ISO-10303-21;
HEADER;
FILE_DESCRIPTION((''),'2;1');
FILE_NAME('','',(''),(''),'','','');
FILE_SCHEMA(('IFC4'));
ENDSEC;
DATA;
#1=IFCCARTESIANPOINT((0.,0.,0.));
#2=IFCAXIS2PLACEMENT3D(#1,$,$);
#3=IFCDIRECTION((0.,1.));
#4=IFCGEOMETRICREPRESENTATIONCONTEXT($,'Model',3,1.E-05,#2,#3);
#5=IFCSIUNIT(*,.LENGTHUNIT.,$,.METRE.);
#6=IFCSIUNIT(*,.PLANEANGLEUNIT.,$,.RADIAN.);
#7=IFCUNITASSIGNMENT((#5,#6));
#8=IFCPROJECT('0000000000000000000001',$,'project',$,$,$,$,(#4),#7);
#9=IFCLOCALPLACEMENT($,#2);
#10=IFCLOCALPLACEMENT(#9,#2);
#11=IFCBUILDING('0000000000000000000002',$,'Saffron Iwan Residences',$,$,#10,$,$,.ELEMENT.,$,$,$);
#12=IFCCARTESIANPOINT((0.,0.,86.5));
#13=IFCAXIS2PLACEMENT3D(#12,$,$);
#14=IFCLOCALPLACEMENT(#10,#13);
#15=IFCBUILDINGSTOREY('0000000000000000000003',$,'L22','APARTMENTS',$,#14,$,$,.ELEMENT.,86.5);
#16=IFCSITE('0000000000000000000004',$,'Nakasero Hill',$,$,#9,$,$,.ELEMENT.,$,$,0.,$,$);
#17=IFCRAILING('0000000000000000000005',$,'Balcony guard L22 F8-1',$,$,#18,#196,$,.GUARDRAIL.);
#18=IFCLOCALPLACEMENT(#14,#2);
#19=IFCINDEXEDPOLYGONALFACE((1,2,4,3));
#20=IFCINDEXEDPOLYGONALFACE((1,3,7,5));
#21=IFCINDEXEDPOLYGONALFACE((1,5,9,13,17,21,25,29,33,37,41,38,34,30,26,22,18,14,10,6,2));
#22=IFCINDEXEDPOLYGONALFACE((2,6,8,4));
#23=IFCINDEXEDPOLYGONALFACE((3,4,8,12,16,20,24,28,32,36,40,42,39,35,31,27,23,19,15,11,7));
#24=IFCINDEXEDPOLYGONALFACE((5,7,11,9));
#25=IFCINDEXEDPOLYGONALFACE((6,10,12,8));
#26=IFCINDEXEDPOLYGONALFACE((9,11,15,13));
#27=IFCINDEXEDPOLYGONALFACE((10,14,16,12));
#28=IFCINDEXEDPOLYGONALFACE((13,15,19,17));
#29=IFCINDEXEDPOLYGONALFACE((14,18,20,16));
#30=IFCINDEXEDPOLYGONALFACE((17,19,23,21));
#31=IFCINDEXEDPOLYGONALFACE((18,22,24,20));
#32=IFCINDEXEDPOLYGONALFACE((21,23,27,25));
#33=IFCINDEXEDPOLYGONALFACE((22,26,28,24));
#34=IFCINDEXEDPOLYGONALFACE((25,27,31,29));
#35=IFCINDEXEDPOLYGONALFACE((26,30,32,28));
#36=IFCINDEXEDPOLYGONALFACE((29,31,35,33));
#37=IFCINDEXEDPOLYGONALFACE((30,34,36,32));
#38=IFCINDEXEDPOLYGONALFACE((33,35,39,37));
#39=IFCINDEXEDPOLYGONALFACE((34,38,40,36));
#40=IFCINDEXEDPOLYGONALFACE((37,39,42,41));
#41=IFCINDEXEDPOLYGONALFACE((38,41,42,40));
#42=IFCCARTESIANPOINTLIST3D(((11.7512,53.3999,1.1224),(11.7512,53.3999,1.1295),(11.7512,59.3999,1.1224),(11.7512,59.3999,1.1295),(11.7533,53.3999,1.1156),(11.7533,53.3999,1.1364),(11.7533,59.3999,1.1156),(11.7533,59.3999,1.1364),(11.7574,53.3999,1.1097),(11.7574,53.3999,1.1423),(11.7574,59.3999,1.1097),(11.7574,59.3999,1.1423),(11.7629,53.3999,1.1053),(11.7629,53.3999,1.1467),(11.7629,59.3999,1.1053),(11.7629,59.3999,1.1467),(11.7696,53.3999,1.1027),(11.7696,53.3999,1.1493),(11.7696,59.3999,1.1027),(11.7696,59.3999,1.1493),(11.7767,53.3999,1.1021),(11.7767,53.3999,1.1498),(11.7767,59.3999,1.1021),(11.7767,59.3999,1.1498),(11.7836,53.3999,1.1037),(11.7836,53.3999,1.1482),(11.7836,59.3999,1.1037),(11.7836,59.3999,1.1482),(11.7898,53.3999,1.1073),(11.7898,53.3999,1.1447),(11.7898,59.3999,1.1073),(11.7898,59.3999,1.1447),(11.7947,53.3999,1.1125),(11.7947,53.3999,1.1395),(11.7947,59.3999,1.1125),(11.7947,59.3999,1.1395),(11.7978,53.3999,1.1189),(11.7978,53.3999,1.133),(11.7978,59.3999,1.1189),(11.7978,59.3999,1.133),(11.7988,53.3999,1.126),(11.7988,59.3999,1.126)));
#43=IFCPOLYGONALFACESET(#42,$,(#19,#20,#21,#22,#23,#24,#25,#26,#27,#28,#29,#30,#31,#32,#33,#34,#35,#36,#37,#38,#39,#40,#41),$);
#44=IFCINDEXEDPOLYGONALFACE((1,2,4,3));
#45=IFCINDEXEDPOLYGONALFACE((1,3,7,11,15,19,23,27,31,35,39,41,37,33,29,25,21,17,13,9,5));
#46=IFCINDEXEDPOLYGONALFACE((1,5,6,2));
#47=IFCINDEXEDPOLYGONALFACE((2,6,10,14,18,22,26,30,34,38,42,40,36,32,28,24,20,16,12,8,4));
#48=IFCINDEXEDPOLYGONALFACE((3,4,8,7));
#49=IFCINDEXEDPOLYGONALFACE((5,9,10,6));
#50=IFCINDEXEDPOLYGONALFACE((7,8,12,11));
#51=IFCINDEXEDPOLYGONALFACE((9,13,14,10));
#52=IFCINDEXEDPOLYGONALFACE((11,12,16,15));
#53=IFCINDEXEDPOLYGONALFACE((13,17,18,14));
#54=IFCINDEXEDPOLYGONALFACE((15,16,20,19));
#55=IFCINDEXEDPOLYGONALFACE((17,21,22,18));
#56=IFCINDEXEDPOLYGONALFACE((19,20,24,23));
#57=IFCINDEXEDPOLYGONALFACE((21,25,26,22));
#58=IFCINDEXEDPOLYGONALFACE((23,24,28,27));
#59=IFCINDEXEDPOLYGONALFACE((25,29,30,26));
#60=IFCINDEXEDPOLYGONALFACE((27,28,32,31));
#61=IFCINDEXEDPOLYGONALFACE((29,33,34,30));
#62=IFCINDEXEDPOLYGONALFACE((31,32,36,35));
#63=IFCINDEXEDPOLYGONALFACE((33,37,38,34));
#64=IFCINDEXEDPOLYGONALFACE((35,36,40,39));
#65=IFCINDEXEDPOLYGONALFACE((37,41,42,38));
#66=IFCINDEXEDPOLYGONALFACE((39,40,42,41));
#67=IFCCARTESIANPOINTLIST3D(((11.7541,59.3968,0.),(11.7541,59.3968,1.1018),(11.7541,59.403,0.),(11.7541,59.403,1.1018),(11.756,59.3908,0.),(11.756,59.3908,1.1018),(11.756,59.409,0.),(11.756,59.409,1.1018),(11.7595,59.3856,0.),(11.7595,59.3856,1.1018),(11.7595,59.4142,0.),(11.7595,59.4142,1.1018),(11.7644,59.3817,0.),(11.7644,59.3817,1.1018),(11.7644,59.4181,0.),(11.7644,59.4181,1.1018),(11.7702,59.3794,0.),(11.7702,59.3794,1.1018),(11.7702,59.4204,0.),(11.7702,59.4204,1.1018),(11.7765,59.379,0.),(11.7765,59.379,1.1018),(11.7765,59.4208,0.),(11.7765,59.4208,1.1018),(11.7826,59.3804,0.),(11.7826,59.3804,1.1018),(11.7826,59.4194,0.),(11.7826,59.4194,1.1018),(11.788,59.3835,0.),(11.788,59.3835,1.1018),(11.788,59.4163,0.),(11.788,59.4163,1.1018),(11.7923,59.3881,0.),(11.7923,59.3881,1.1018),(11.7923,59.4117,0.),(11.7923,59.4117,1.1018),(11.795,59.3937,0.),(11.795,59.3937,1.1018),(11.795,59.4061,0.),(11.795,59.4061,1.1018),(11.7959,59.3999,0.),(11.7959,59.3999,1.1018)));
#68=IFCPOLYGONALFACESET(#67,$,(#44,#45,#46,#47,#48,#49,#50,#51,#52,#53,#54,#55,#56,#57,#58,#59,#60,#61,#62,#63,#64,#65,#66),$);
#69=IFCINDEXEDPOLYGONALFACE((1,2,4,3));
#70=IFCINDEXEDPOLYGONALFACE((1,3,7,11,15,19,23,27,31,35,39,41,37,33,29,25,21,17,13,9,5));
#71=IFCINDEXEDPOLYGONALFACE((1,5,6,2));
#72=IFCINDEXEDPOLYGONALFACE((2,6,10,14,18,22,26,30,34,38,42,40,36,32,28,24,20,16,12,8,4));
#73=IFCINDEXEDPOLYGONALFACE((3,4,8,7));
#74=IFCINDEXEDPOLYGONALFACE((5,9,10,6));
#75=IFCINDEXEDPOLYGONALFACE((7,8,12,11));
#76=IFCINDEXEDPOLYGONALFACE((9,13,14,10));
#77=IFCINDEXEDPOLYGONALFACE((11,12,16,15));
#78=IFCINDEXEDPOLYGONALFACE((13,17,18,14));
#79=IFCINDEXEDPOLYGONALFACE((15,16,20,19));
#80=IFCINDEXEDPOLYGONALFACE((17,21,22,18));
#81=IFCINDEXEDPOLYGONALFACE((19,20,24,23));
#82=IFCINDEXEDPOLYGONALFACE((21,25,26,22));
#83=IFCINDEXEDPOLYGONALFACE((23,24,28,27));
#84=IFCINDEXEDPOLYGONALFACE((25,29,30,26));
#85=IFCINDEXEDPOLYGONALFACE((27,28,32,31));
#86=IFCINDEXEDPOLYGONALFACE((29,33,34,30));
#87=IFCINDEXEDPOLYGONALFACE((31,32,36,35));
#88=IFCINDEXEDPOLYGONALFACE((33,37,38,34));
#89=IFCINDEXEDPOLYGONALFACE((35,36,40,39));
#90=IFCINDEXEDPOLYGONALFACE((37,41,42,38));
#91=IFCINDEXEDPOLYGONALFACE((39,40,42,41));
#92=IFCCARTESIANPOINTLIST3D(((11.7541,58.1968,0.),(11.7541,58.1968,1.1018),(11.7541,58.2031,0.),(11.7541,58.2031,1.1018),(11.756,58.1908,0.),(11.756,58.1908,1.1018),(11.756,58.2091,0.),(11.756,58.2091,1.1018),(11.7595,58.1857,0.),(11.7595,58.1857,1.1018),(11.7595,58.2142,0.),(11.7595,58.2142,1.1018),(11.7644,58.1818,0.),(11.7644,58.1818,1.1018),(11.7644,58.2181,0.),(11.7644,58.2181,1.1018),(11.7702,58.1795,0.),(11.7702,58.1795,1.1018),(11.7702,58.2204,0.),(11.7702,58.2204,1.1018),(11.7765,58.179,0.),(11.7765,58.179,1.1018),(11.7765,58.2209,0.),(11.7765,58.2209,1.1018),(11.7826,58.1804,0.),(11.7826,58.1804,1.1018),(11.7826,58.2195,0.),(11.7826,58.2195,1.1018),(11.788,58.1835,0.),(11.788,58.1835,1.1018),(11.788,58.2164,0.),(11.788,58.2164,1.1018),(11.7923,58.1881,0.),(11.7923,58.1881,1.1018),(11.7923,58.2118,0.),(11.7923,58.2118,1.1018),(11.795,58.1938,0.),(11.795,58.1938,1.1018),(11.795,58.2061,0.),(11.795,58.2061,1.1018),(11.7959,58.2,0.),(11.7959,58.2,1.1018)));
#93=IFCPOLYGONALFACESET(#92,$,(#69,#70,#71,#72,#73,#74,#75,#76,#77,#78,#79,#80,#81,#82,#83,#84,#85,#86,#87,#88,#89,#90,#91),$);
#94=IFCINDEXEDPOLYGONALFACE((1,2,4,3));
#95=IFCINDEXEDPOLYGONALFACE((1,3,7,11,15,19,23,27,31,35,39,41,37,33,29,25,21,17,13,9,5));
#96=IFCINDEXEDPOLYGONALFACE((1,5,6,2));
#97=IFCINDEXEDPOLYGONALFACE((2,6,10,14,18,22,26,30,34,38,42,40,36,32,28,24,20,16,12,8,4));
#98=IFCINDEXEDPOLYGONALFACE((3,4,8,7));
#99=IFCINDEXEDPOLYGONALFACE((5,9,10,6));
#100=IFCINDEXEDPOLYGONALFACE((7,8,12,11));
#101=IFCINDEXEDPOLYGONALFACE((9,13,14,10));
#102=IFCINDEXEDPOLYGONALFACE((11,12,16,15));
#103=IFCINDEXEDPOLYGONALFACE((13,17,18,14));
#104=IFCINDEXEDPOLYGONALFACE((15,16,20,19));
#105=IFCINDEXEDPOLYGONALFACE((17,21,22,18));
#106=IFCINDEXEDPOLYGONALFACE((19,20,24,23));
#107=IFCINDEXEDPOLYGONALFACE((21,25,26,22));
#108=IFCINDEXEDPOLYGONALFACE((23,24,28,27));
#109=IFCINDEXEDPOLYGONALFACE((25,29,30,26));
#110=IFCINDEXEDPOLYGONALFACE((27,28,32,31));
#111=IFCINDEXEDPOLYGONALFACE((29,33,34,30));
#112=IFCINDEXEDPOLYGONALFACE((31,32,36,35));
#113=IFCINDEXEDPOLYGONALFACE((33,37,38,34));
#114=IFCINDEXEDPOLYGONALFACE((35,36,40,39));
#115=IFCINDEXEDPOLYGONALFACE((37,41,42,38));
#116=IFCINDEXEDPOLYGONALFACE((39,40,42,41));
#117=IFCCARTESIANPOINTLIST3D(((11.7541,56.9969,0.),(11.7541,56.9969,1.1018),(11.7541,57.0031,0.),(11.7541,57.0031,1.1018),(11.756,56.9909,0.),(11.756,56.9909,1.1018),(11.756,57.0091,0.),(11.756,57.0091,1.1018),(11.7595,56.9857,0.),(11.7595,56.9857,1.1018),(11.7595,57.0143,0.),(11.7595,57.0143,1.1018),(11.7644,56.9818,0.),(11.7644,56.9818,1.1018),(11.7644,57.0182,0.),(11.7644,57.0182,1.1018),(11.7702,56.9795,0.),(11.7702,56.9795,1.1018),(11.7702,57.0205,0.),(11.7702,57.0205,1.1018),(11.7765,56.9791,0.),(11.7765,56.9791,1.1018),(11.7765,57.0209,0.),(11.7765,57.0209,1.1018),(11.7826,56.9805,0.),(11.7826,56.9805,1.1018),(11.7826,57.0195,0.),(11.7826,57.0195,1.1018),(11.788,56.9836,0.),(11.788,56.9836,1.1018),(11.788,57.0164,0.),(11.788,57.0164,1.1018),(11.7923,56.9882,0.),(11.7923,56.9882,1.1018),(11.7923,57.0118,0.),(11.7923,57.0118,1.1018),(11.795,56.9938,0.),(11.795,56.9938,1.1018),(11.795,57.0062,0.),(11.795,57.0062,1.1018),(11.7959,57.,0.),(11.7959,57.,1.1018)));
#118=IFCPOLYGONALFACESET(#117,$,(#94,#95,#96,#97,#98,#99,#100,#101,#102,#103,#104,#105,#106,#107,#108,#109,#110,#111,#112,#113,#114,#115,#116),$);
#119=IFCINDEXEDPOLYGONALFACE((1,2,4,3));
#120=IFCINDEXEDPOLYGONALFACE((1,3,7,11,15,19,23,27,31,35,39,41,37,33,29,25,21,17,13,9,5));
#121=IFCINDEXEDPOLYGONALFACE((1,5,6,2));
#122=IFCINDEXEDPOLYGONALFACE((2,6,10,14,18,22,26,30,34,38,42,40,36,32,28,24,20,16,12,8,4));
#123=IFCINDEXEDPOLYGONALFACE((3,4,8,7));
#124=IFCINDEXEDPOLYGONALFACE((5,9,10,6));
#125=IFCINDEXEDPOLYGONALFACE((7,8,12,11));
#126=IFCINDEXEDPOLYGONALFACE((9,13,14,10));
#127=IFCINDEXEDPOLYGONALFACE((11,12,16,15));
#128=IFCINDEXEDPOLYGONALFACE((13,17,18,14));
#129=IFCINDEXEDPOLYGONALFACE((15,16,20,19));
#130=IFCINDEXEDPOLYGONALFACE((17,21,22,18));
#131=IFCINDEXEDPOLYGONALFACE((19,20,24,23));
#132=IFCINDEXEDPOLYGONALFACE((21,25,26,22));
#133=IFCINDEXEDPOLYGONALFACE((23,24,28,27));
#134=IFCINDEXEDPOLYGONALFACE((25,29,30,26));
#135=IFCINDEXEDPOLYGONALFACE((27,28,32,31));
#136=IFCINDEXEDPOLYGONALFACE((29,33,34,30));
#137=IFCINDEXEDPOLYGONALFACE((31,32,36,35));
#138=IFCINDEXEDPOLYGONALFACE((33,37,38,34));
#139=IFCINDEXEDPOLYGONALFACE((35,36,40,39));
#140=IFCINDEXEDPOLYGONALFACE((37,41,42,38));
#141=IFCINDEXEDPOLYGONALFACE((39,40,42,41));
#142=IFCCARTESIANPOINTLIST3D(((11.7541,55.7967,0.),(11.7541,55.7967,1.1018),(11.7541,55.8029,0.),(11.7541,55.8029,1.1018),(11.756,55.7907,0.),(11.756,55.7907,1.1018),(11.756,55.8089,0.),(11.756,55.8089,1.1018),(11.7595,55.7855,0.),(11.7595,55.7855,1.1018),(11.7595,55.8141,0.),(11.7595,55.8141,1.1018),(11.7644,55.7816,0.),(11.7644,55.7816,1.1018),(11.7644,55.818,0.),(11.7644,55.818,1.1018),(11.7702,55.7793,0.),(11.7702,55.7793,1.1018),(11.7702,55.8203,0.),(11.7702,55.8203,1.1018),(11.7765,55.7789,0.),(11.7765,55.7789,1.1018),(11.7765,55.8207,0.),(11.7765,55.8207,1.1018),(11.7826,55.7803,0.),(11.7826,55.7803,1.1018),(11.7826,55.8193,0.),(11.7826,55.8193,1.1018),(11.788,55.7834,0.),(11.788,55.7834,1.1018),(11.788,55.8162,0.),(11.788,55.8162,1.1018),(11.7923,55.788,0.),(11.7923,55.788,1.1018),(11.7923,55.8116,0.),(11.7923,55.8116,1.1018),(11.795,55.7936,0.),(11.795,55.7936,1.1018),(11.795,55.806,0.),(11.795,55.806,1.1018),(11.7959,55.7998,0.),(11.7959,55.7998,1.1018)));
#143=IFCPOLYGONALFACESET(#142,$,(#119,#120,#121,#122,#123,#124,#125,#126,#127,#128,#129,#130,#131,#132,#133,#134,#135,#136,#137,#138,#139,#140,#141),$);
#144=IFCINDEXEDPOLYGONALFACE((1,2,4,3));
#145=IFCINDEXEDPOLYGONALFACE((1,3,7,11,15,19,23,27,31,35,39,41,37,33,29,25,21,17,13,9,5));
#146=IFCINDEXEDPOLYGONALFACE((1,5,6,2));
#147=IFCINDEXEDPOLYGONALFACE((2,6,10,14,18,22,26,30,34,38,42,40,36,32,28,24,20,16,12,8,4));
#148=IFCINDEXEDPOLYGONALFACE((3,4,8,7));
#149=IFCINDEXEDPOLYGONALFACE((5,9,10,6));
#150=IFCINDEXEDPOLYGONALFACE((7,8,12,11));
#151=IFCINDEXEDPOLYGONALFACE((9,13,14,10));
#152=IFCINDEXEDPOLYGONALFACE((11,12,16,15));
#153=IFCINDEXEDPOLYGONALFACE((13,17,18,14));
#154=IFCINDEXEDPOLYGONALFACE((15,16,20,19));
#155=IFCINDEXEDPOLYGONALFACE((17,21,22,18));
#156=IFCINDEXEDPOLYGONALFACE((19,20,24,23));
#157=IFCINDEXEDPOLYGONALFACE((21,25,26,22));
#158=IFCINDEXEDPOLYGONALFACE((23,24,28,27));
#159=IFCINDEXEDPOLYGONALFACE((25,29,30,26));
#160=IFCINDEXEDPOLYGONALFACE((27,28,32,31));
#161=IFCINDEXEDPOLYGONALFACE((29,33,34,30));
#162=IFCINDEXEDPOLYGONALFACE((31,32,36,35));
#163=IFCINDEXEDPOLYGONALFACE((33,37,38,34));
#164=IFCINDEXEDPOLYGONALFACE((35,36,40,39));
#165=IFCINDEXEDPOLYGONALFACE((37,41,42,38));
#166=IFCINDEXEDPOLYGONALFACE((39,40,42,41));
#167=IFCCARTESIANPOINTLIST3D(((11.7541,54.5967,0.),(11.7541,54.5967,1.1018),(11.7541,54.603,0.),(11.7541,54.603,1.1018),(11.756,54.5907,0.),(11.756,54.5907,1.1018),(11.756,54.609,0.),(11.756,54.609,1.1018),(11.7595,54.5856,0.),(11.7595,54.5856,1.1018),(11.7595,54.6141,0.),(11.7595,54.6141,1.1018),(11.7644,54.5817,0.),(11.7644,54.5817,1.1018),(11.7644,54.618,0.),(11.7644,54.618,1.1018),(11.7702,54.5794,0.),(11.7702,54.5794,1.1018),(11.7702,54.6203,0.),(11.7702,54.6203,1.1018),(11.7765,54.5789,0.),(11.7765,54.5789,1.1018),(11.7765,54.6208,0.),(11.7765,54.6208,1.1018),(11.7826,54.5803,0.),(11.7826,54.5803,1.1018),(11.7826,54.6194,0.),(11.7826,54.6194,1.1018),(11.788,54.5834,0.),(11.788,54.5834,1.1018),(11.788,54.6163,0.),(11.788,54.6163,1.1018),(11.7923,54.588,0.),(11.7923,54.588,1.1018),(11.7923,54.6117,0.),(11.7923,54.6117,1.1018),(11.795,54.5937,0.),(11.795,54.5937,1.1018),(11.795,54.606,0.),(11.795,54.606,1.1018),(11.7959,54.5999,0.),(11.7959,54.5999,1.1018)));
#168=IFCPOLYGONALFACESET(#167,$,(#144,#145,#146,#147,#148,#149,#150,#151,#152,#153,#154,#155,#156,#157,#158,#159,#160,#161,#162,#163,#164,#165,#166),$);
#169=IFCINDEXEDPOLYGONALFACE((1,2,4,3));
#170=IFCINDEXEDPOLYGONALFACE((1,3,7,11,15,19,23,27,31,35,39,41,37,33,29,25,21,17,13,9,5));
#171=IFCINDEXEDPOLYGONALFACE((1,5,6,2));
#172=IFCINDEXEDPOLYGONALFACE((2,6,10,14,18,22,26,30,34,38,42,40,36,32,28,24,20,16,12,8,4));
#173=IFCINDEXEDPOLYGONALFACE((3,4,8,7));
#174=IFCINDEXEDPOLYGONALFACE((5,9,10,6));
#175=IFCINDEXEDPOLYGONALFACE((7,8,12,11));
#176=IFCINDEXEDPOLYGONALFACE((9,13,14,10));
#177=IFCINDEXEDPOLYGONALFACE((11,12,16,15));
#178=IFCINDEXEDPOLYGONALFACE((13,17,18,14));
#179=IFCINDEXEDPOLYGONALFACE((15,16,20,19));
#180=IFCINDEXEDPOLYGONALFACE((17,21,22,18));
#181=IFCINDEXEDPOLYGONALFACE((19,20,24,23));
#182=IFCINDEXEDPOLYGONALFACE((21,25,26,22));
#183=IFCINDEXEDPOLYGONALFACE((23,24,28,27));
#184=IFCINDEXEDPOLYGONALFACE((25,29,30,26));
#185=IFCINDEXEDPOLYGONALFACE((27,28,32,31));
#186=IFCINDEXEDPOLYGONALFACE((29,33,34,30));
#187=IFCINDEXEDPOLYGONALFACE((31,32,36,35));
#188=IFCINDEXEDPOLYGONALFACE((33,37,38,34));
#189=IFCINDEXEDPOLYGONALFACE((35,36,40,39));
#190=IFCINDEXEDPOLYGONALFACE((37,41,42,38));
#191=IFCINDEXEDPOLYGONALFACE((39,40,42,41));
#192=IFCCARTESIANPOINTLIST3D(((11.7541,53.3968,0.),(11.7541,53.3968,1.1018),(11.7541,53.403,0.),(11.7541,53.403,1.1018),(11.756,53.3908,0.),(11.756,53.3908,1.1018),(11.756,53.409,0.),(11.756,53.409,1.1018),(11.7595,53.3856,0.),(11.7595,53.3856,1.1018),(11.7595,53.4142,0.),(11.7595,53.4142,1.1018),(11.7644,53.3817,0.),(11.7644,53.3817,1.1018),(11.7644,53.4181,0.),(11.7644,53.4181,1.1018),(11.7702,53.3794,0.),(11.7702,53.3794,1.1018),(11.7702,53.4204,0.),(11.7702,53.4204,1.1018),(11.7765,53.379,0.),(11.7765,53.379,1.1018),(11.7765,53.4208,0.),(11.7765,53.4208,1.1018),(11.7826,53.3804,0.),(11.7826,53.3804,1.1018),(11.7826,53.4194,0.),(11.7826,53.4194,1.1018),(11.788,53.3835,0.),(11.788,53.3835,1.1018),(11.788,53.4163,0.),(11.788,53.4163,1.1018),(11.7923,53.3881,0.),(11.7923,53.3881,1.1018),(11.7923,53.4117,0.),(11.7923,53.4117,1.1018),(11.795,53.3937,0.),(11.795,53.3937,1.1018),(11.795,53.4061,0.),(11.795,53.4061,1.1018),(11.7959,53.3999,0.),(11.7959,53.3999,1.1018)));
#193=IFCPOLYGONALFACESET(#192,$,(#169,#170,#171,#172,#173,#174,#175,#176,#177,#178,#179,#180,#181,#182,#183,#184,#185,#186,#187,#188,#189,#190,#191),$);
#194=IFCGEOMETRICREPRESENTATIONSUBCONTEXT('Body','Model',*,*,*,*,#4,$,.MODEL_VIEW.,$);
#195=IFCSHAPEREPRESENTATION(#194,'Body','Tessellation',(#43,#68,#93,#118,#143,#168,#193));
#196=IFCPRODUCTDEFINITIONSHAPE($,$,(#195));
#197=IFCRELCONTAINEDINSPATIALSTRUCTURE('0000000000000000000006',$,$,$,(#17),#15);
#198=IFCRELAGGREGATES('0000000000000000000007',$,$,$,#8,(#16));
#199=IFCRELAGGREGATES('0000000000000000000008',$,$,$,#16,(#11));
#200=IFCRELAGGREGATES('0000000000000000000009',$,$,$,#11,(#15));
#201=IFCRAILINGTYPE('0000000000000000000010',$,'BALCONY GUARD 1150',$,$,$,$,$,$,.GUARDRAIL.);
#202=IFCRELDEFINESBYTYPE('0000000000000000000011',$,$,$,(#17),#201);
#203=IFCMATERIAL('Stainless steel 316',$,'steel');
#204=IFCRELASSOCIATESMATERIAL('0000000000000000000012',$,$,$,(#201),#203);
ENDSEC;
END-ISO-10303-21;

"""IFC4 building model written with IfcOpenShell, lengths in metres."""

from ifc_helpers import new_model, si_unit, direction, frame, origin, origin_2d, place, context, subcontext, project, spatial, circle, extrude, material, type_object, element, save


model = new_model("IFC4")

# Units and contexts
model_context = context("Model", 3, precision=1e-05, world=origin(), true_north=direction((0.0, 1.0)))
body_context = subcontext(model_context, "Body", "Model", "MODEL_VIEW")
ifc_project = project(units=[si_unit("LENGTHUNIT", "METRE"), si_unit("PLANEANGLEUNIT", "RADIAN")], contexts=[model_context])

# Site, building, storey
site_placement = place(None, origin())
site = spatial("IfcSite", under=ifc_project, at=site_placement, Name="Nakasero Hill", CompositionType="ELEMENT", RefElevation=0.0)
building_placement = place(site_placement, origin())
building = spatial("IfcBuilding", under=site, at=building_placement, Name="Saffron Iwan Residences", CompositionType="ELEMENT")
storey_placement = place(building_placement, frame((0.0, 0.0, 86.5)))
storey = spatial("IfcBuildingStorey", under=building, at=storey_placement, Name="L22", Description="APARTMENTS", CompositionType="ELEMENT", Elevation=86.5)

# Railing
ifc_material_1 = material(Name="Stainless steel 316", Category="steel")
railing_type = type_object("IfcRailingType", Name="BALCONY GUARD 1150", PredefinedType="GUARDRAIL", material=ifc_material_1)
railing_placement = place(storey_placement, frame((11.7749, 59.3999, 0.0)))
element("IfcRailing", 1, at=railing_placement, inside=storey, type_object=railing_type, Name="Balcony guard L22 F8-1", PredefinedType="GUARDRAIL", context=body_context, shape_type="SweptSolid", body=[
    extrude(circle(Radius=0.0239, at=origin_2d()), frame((0.0, 0.0, 1.126), z_axis=(0.0, -1.0, 0.0), x_axis=(1.0, 0.0, 0.0)), (0.0, 0.0, 1.0), 6.0),
    extrude(circle(Radius=0.021, at=origin_2d()), origin(), (0.0, 0.0, 1.0), 1.1018),
    extrude(circle(Radius=0.021, at=origin_2d()), frame((0.0, -1.2, 0.0)), (0.0, 0.0, 1.0), 1.1018),
    extrude(circle(Radius=0.021, at=origin_2d()), frame((0.0, -2.3999, 0.0)), (0.0, 0.0, 1.0), 1.1018),
    extrude(circle(Radius=0.021, at=origin_2d()), frame((0.0, -3.6001, 0.0)), (0.0, 0.0, 1.0), 1.1018),
    extrude(circle(Radius=0.021, at=origin_2d()), frame((0.0, -4.8, 0.0)), (0.0, 0.0, 1.0), 1.1018),
    extrude(circle(Radius=0.021, at=origin_2d()), frame((0.0, -6.0, 0.0)), (0.0, 0.0, 1.0), 1.1018),
])

save(model, "model.ifc")
